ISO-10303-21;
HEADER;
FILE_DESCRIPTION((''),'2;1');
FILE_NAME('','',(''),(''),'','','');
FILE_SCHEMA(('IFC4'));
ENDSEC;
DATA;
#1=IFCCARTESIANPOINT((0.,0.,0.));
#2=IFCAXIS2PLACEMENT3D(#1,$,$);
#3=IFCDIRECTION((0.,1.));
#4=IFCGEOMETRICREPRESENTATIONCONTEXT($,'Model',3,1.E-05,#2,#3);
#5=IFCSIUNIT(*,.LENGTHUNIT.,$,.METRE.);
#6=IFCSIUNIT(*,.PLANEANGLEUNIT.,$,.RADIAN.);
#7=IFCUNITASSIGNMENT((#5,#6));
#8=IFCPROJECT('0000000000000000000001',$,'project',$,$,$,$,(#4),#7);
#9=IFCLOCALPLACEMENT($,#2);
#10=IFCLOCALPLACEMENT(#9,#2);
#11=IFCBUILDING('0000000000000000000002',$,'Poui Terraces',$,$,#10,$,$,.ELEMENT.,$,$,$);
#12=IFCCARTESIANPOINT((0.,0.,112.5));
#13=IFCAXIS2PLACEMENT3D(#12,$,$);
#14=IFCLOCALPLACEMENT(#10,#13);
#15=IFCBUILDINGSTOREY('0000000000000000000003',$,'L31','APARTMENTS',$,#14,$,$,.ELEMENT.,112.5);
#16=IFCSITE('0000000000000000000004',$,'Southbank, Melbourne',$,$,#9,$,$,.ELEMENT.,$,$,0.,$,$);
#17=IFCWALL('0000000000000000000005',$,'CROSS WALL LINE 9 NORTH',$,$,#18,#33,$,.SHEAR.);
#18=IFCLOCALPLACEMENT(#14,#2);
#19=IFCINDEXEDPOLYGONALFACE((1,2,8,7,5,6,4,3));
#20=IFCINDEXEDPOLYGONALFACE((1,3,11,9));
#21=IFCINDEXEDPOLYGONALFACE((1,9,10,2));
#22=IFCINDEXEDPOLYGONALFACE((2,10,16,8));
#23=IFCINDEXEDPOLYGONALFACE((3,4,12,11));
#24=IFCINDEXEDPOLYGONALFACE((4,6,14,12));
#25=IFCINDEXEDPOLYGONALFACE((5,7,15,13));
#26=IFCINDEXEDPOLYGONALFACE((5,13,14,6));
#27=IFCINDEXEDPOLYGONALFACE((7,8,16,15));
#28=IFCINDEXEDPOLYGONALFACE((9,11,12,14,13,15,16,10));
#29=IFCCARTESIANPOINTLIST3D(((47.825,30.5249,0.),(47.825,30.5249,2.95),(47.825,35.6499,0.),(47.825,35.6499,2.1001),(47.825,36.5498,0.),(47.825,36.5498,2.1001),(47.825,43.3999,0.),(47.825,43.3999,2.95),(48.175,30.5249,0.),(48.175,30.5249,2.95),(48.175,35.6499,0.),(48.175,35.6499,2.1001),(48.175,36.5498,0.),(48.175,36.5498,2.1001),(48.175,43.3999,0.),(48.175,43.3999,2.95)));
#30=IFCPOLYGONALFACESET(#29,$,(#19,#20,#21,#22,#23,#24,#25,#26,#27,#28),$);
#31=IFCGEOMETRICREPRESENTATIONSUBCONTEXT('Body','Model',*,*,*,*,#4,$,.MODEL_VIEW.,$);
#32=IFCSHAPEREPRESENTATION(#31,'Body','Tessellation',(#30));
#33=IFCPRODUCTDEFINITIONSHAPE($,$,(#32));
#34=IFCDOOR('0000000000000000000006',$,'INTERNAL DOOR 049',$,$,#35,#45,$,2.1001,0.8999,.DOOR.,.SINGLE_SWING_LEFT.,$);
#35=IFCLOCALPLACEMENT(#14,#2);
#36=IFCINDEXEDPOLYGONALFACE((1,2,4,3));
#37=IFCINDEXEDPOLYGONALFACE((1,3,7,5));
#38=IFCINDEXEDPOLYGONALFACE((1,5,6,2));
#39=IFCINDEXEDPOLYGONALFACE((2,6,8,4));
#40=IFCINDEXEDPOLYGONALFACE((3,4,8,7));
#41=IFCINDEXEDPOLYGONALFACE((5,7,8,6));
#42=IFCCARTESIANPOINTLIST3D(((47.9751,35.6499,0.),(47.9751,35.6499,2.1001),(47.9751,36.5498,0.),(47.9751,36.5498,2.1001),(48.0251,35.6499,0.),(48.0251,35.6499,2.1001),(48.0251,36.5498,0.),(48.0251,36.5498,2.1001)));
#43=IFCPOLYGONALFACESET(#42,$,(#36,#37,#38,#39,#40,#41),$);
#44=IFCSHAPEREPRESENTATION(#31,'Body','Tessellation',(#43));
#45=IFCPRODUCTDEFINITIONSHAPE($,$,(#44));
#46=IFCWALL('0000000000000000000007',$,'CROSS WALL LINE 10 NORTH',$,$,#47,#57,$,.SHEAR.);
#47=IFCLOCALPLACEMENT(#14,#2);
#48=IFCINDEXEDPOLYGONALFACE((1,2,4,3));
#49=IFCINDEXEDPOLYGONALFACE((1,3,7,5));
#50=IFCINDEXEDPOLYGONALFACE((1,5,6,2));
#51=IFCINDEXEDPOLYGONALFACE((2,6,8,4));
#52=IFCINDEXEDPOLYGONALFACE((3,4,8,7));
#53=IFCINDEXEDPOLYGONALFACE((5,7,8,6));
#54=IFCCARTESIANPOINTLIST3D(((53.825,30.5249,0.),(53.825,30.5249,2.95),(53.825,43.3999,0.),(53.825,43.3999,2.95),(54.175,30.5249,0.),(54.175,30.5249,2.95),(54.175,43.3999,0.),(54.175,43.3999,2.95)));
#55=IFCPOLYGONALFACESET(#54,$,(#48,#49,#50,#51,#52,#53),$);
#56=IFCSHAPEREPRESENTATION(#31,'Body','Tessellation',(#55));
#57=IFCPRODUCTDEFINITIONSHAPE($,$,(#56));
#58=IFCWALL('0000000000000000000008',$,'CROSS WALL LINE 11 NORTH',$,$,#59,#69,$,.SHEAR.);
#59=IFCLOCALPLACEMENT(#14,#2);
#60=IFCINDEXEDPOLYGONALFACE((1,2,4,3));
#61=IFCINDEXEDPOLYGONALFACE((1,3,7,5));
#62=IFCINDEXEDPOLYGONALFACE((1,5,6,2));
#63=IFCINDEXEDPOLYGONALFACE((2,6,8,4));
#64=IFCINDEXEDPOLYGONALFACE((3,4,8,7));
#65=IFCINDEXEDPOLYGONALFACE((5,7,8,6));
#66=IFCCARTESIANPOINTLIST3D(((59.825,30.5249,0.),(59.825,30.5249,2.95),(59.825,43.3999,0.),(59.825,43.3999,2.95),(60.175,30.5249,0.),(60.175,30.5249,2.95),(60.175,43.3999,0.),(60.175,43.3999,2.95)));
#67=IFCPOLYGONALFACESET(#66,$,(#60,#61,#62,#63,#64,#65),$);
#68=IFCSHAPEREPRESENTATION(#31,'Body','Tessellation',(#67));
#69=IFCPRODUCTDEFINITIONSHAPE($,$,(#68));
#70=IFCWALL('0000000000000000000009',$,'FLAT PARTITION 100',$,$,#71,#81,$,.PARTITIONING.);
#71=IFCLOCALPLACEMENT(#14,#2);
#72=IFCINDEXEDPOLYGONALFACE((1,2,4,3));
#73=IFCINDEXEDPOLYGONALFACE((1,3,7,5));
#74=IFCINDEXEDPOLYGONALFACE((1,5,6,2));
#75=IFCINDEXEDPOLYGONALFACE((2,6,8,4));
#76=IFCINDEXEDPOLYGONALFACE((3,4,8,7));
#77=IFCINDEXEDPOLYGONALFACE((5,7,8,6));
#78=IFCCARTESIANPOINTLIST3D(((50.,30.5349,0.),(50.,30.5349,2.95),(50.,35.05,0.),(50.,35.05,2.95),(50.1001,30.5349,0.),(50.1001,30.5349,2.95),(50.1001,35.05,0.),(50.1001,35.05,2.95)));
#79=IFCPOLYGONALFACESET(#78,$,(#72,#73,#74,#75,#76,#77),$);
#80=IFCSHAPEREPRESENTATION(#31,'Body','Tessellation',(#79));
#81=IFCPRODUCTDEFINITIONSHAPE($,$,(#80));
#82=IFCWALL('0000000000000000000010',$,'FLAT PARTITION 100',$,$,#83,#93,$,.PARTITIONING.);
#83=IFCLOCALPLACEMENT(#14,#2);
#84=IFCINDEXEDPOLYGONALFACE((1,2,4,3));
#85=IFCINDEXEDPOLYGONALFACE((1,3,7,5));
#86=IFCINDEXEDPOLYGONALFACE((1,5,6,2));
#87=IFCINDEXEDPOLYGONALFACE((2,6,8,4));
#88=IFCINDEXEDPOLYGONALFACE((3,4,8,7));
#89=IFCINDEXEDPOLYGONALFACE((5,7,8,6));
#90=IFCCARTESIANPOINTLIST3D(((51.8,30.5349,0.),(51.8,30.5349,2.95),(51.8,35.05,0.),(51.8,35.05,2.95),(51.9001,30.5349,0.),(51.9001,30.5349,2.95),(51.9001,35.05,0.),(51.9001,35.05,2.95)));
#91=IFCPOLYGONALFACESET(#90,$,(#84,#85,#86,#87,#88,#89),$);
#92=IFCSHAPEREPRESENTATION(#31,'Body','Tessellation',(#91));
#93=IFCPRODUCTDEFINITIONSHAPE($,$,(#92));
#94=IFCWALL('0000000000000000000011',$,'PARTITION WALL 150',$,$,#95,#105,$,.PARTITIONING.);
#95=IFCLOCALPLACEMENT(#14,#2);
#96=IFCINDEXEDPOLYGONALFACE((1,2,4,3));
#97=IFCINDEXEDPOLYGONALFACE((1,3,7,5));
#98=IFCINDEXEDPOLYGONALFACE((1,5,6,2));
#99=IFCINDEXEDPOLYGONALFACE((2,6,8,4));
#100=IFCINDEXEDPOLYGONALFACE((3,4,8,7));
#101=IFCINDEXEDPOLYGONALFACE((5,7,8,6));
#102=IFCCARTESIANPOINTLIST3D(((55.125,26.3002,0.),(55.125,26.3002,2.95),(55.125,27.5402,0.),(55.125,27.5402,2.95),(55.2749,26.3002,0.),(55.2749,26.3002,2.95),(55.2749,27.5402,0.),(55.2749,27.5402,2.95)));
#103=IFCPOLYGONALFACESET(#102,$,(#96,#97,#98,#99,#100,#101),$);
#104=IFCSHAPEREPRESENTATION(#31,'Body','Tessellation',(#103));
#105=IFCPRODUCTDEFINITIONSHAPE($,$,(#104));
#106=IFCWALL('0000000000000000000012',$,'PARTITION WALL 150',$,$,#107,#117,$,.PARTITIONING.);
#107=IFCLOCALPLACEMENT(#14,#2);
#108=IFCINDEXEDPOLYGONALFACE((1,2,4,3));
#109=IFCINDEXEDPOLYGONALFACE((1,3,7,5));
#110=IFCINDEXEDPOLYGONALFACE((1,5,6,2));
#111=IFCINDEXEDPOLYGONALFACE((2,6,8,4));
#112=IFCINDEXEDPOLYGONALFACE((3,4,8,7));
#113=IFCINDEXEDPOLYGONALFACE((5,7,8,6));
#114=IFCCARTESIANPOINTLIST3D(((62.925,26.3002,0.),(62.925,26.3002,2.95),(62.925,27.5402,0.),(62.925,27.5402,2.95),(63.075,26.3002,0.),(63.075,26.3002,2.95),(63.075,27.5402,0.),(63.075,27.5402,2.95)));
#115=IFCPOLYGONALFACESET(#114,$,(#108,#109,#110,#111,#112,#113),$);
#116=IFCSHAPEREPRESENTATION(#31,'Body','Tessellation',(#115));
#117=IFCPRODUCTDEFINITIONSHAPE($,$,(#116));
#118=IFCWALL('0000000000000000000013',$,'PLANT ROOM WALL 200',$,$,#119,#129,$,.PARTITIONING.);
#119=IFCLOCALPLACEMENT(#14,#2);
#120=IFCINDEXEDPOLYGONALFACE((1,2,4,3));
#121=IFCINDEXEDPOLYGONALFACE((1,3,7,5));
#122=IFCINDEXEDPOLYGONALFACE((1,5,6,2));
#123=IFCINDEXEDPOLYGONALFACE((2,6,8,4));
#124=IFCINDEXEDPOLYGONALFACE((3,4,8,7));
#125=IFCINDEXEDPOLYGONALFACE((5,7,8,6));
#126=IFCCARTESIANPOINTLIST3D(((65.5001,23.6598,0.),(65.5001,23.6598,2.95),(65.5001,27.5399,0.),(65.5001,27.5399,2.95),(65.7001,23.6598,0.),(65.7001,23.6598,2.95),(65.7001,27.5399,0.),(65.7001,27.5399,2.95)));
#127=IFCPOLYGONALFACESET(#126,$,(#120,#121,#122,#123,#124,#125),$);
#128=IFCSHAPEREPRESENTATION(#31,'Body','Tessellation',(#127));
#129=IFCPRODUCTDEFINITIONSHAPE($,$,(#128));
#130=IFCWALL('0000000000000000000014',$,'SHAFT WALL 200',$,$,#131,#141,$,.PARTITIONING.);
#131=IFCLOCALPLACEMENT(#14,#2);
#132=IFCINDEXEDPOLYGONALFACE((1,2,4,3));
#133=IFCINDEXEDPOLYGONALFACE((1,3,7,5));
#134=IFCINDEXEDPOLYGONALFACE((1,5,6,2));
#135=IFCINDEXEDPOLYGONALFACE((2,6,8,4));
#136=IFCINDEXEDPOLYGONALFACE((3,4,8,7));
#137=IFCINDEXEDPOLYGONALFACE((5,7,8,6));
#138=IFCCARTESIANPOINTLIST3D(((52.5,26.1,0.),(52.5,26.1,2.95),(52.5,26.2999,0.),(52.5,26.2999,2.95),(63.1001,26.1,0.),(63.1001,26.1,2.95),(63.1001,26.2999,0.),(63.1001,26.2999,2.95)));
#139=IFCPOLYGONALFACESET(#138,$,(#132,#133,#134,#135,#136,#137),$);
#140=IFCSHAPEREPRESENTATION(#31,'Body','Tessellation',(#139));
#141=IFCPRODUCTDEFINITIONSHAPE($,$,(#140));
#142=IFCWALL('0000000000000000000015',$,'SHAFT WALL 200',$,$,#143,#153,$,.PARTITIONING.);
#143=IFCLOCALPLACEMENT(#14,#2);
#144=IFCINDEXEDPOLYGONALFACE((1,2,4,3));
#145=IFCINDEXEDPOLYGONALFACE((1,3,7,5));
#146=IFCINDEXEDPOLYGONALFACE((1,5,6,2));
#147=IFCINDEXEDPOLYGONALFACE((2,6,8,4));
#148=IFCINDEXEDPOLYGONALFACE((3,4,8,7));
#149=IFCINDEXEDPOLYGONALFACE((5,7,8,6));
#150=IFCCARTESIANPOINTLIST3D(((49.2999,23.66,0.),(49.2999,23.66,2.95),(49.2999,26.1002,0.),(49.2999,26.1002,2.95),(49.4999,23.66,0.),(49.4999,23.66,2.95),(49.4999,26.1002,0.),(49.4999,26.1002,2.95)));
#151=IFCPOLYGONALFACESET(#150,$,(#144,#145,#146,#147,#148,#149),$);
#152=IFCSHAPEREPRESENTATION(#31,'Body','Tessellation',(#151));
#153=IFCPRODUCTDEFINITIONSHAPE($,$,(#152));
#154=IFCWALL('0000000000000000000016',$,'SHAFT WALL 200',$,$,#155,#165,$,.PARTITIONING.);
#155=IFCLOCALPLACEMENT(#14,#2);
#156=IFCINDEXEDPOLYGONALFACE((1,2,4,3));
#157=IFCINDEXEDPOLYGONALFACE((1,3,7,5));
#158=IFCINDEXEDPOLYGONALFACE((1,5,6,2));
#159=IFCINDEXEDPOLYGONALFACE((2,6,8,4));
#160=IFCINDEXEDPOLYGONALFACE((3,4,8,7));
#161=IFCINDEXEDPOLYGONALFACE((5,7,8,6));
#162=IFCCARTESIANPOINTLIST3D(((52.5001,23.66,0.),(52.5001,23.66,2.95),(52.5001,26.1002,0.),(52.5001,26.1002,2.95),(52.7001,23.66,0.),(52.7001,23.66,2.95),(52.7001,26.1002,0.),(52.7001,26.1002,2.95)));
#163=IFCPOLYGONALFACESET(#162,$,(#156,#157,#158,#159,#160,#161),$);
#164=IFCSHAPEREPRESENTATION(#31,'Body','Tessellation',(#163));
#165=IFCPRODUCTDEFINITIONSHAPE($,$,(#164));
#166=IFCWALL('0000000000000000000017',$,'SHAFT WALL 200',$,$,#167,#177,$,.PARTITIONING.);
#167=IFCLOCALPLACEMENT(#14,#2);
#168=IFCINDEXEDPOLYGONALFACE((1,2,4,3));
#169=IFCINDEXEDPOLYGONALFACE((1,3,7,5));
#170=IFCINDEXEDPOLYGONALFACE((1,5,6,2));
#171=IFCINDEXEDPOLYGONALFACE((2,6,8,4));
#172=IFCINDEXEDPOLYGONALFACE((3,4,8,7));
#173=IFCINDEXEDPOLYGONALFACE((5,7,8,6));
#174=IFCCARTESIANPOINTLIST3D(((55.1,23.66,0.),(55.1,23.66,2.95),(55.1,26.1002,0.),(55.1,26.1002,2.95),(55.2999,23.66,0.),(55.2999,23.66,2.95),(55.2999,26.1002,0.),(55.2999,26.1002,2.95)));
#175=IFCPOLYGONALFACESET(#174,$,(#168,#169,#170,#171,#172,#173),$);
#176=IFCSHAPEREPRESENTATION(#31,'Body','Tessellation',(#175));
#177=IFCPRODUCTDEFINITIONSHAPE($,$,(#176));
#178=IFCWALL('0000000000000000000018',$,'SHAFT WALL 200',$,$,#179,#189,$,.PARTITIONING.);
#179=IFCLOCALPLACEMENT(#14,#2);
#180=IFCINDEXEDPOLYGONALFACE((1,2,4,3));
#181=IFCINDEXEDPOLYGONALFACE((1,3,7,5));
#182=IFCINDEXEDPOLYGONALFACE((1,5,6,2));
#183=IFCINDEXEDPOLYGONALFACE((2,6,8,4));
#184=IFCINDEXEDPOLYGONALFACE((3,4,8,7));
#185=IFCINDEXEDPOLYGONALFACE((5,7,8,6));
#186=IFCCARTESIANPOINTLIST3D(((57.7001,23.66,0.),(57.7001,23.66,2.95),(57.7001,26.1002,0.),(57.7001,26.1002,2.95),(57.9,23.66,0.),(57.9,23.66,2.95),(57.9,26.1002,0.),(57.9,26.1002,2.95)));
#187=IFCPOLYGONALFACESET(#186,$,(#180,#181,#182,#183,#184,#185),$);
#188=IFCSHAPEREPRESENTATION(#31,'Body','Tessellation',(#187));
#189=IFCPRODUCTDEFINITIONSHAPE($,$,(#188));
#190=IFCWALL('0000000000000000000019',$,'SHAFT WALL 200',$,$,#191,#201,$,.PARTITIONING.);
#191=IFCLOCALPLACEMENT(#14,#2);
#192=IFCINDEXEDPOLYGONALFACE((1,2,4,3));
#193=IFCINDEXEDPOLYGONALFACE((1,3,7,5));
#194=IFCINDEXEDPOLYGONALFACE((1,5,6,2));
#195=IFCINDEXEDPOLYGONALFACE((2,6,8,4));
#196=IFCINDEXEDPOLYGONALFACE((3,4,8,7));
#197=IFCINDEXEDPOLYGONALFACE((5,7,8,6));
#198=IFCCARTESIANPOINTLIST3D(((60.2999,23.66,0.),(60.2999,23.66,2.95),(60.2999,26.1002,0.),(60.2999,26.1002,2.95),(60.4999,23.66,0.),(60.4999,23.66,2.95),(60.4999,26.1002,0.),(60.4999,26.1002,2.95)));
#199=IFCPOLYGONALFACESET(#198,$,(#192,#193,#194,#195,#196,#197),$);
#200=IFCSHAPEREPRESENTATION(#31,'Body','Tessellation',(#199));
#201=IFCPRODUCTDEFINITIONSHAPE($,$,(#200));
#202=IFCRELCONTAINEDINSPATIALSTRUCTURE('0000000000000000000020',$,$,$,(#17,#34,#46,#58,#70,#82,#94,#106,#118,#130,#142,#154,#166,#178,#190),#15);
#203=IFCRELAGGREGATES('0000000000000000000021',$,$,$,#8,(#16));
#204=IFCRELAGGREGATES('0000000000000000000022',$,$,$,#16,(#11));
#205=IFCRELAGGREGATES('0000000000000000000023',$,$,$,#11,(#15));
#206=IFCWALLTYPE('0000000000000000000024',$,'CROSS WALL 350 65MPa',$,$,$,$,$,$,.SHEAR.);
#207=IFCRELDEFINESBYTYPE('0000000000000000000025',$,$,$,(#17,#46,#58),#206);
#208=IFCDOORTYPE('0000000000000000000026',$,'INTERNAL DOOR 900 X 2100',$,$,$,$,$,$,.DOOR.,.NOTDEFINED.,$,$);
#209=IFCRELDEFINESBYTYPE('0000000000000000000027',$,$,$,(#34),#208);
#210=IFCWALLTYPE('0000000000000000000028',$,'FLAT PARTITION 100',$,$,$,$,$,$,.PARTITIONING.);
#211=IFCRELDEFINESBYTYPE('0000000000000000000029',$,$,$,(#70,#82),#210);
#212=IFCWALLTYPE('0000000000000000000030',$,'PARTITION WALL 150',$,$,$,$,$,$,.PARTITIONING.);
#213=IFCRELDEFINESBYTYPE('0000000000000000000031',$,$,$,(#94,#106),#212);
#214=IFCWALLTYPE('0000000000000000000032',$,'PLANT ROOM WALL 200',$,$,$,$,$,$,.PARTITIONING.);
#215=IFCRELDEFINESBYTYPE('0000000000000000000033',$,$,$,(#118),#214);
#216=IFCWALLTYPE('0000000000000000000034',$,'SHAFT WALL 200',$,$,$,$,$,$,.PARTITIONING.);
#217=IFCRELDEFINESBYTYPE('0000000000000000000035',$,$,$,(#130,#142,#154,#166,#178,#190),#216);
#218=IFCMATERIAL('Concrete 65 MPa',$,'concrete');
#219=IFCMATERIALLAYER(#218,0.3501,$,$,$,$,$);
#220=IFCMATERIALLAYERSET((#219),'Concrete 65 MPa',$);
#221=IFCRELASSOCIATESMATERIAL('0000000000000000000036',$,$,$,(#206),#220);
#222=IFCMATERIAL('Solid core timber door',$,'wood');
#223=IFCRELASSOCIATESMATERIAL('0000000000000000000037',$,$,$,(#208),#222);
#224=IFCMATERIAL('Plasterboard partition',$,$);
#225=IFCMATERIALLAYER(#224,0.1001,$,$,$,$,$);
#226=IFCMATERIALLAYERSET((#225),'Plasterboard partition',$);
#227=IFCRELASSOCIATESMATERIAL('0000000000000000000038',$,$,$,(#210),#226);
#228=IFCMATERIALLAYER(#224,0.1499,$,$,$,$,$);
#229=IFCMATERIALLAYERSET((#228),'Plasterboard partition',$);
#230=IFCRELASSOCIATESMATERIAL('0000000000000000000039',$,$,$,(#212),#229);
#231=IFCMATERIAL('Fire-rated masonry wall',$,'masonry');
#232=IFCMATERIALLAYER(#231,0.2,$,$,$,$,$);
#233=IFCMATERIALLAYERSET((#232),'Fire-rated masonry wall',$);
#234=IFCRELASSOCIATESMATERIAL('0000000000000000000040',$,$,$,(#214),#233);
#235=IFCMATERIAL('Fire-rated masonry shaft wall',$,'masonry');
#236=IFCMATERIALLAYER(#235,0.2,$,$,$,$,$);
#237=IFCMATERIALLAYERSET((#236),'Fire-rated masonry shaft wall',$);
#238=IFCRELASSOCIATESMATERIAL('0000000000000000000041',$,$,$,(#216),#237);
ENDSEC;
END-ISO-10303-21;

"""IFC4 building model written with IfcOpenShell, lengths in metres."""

from ifc_helpers import new_model, si_unit, direction, frame, frame_2d, origin, place, context, subcontext, project, spatial, rectangle, extrude, material, layer, layer_set, type_object, element, fill, save


model = new_model("IFC4")

# Units and contexts
model_context = context("Model", 3, precision=1e-05, world=origin(), true_north=direction((0.0, 1.0)))
body_context = subcontext(model_context, "Body", "Model", "MODEL_VIEW")
ifc_project = project(units=[si_unit("LENGTHUNIT", "METRE"), si_unit("PLANEANGLEUNIT", "RADIAN")], contexts=[model_context])

# Site, building, storey
site_placement = place(None, origin())
site = spatial("IfcSite", under=ifc_project, at=site_placement, Name="Southbank, Melbourne", CompositionType="ELEMENT", RefElevation=0.0)
building_placement = place(site_placement, origin())
building = spatial("IfcBuilding", under=site, at=building_placement, Name="Poui Terraces", CompositionType="ELEMENT")
storey_placement = place(building_placement, frame((0.0, 0.0, 112.5)))
storey = spatial("IfcBuildingStorey", under=building, at=storey_placement, Name="L31", Description="APARTMENTS", CompositionType="ELEMENT", Elevation=112.5)

# Shared definitions
ifc_material_1 = material(Name="Concrete 65 MPa", Category="concrete")

# Wall, opening, door
ifc_layer_1 = layer(ifc_material_1, 0.3501)
ifc_layer_set_1 = layer_set([ifc_layer_1], Name="Concrete 65 MPa")
wall_type_1 = type_object("IfcWallType", Name="CROSS WALL 350 65MPa", PredefinedType="SHEAR", material=ifc_layer_set_1)
wall_1_placement = place(storey_placement, frame((48.0, 30.5249, 0.0), z_axis=(0.0, 0.0, 1.0), x_axis=(0.0, 1.0, 0.0)))
wall_1 = element("IfcWall", 1, at=wall_1_placement, inside=storey, type_object=wall_type_1, Name="CROSS WALL LINE 9 NORTH", PredefinedType="SHEAR", context=body_context, shape_type="SweptSolid", body=[
    extrude(rectangle(XDim=12.875, YDim=0.3501, at=frame_2d((6.4375, 0.0))), origin(), (0.0, 0.0, 1.0), 2.95),
])
opening_1_placement = place(wall_1_placement, frame((5.125, 0.0, 0.0)))
opening_1 = element("IfcOpeningElement", 2, at=opening_1_placement, cuts=wall_1, PredefinedType="OPENING", context=body_context, shape_type="SweptSolid", body=[
    extrude(rectangle(XDim=0.8999, YDim=2.1001, at=frame_2d((0.45, 1.05))), frame((0.0, 0.1851, 0.0), z_axis=(0.0, -1.0, 0.0), x_axis=(1.0, 0.0, 0.0)), (0.0, 0.0, 1.0), 0.3701),
])
ifc_material_2 = material(Name="Solid core timber door", Category="wood")
door_type_1 = type_object("IfcDoorType", Name="INTERNAL DOOR 900 X 2100", OperationType="NOTDEFINED", PredefinedType="DOOR", material=ifc_material_2)
door_1_placement = place(opening_1_placement, origin())
door_1 = element("IfcDoor", 3, at=door_1_placement, inside=storey, type_object=door_type_1, Name="INTERNAL DOOR 049", OperationType="SINGLE_SWING_LEFT", OverallHeight=2.1001, OverallWidth=0.8999, PredefinedType="DOOR", context=body_context, shape_type="SweptSolid", body=[
    extrude(rectangle(XDim=0.8999, YDim=2.1001, at=frame_2d((0.45, 1.05))), frame((0.0, 0.0249, 0.0), z_axis=(0.0, -1.0, 0.0), x_axis=(1.0, 0.0, 0.0)), (0.0, 0.0, 1.0), 0.05),
])
fill(opening_1, door_1)

# Walls
for number, where, z_axis, x_axis, name in (
    (4, (54.0, 30.5249, 0.0), (0.0, 0.0, 1.0), (0.0, 1.0, 0.0), "CROSS WALL LINE 10 NORTH"),
    (5, (60.0, 30.5249, 0.0), (0.0, 0.0, 1.0), (0.0, 1.0, 0.0), "CROSS WALL LINE 11 NORTH"),
):
    element("IfcWall", number, at=place(storey_placement, frame(where, z_axis=z_axis, x_axis=x_axis)), inside=storey, type_object=wall_type_1, Name=name, PredefinedType="SHEAR", context=body_context, shape_type="SweptSolid", body=[
        extrude(rectangle(XDim=12.875, YDim=0.3501, at=frame_2d((6.4375, 0.0))), origin(), (0.0, 0.0, 1.0), 2.95),
    ])
ifc_material_3 = material(Name="Plasterboard partition")
ifc_layer_2 = layer(ifc_material_3, 0.1001)
ifc_layer_set_2 = layer_set([ifc_layer_2], Name="Plasterboard partition")
wall_type_2 = type_object("IfcWallType", Name="FLAT PARTITION 100", PredefinedType="PARTITIONING", material=ifc_layer_set_2)
for number, where, z_axis, x_axis, name in (
    (6, (50.05, 30.5349, 0.0), (0.0, 0.0, 1.0), (0.0, 1.0, 0.0), "FLAT PARTITION 100"),
    (7, (51.8501, 30.5349, 0.0), (0.0, 0.0, 1.0), (0.0, 1.0, 0.0), "FLAT PARTITION 100"),
):
    element("IfcWall", number, at=place(storey_placement, frame(where, z_axis=z_axis, x_axis=x_axis)), inside=storey, type_object=wall_type_2, Name=name, PredefinedType="PARTITIONING", context=body_context, shape_type="SweptSolid", body=[
        extrude(rectangle(XDim=4.5151, YDim=0.1001, at=frame_2d((2.2576, 0.0))), origin(), (0.0, 0.0, 1.0), 2.95),
    ])
ifc_layer_3 = layer(ifc_material_3, 0.1499)
ifc_layer_set_3 = layer_set([ifc_layer_3], Name="Plasterboard partition")
wall_type_3 = type_object("IfcWallType", Name="PARTITION WALL 150", PredefinedType="PARTITIONING", material=ifc_layer_set_3)
for number, where, z_axis, x_axis, name in (
    (8, (55.2, 26.3, 0.0), (0.0, 0.0, 1.0), (0.0, 1.0, 0.0), "PARTITION WALL 150"),
    (9, (63.0, 26.3, 0.0), (0.0, 0.0, 1.0), (0.0, 1.0, 0.0), "PARTITION WALL 150"),
):
    element("IfcWall", number, at=place(storey_placement, frame(where, z_axis=z_axis, x_axis=x_axis)), inside=storey, type_object=wall_type_3, Name=name, PredefinedType="PARTITIONING", context=body_context, shape_type="SweptSolid", body=[
        extrude(rectangle(XDim=1.24, YDim=0.1499, at=frame_2d((0.6201, 0.0))), origin(), (0.0, 0.0, 1.0), 2.95),
    ])
ifc_material_4 = material(Name="Fire-rated masonry wall", Category="masonry")
ifc_layer_4 = layer(ifc_material_4, 0.2)
ifc_layer_set_4 = layer_set([ifc_layer_4], Name="Fire-rated masonry wall")
wall_type_4 = type_object("IfcWallType", Name="PLANT ROOM WALL 200", PredefinedType="PARTITIONING", material=ifc_layer_set_4)
wall_2_placement = place(storey_placement, frame((65.6001, 23.6599, 0.0), z_axis=(0.0, 0.0, 1.0), x_axis=(0.0, 1.0, 0.0)))
element("IfcWall", 10, at=wall_2_placement, inside=storey, type_object=wall_type_4, Name="PLANT ROOM WALL 200", PredefinedType="PARTITIONING", context=body_context, shape_type="SweptSolid", body=[
    extrude(rectangle(XDim=3.8801, YDim=0.2, at=frame_2d((1.9399, 0.0))), origin(), (0.0, 0.0, 1.0), 2.95),
])
ifc_material_5 = material(Name="Fire-rated masonry shaft wall", Category="masonry")
ifc_layer_5 = layer(ifc_material_5, 0.2)
ifc_layer_set_5 = layer_set([ifc_layer_5], Name="Fire-rated masonry shaft wall")
wall_type_5 = type_object("IfcWallType", Name="SHAFT WALL 200", PredefinedType="PARTITIONING", material=ifc_layer_set_5)
wall_3_placement = place(storey_placement, frame((52.5, 26.2, 0.0), z_axis=(0.0, 0.0, 1.0), x_axis=(1.0, 0.0, 0.0)))
element("IfcWall", 11, at=wall_3_placement, inside=storey, type_object=wall_type_5, Name="SHAFT WALL 200", PredefinedType="PARTITIONING", context=body_context, shape_type="SweptSolid", body=[
    extrude(rectangle(XDim=10.6001, YDim=0.2, at=frame_2d((5.3, 0.0))), origin(), (0.0, 0.0, 1.0), 2.95),
])
for number, where, z_axis, x_axis, name in (
    (12, (49.3999, 23.6599, 0.0), (0.0, 0.0, 1.0), (0.0, 1.0, 0.0), "SHAFT WALL 200"),
    (13, (52.6001, 23.6599, 0.0), (0.0, 0.0, 1.0), (0.0, 1.0, 0.0), "SHAFT WALL 200"),
    (14, (55.2, 23.6599, 0.0), (0.0, 0.0, 1.0), (0.0, 1.0, 0.0), "SHAFT WALL 200"),
    (15, (57.8, 23.6599, 0.0), (0.0, 0.0, 1.0), (0.0, 1.0, 0.0), "SHAFT WALL 200"),
    (16, (60.3999, 23.6599, 0.0), (0.0, 0.0, 1.0), (0.0, 1.0, 0.0), "SHAFT WALL 200"),
):
    element("IfcWall", number, at=place(storey_placement, frame(where, z_axis=z_axis, x_axis=x_axis)), inside=storey, type_object=wall_type_5, Name=name, PredefinedType="PARTITIONING", context=body_context, shape_type="SweptSolid", body=[
        extrude(rectangle(XDim=2.4402, YDim=0.2, at=frame_2d((1.2202, 0.0))), origin(), (0.0, 0.0, 1.0), 2.95),
    ])

save(model, "model.ifc")
